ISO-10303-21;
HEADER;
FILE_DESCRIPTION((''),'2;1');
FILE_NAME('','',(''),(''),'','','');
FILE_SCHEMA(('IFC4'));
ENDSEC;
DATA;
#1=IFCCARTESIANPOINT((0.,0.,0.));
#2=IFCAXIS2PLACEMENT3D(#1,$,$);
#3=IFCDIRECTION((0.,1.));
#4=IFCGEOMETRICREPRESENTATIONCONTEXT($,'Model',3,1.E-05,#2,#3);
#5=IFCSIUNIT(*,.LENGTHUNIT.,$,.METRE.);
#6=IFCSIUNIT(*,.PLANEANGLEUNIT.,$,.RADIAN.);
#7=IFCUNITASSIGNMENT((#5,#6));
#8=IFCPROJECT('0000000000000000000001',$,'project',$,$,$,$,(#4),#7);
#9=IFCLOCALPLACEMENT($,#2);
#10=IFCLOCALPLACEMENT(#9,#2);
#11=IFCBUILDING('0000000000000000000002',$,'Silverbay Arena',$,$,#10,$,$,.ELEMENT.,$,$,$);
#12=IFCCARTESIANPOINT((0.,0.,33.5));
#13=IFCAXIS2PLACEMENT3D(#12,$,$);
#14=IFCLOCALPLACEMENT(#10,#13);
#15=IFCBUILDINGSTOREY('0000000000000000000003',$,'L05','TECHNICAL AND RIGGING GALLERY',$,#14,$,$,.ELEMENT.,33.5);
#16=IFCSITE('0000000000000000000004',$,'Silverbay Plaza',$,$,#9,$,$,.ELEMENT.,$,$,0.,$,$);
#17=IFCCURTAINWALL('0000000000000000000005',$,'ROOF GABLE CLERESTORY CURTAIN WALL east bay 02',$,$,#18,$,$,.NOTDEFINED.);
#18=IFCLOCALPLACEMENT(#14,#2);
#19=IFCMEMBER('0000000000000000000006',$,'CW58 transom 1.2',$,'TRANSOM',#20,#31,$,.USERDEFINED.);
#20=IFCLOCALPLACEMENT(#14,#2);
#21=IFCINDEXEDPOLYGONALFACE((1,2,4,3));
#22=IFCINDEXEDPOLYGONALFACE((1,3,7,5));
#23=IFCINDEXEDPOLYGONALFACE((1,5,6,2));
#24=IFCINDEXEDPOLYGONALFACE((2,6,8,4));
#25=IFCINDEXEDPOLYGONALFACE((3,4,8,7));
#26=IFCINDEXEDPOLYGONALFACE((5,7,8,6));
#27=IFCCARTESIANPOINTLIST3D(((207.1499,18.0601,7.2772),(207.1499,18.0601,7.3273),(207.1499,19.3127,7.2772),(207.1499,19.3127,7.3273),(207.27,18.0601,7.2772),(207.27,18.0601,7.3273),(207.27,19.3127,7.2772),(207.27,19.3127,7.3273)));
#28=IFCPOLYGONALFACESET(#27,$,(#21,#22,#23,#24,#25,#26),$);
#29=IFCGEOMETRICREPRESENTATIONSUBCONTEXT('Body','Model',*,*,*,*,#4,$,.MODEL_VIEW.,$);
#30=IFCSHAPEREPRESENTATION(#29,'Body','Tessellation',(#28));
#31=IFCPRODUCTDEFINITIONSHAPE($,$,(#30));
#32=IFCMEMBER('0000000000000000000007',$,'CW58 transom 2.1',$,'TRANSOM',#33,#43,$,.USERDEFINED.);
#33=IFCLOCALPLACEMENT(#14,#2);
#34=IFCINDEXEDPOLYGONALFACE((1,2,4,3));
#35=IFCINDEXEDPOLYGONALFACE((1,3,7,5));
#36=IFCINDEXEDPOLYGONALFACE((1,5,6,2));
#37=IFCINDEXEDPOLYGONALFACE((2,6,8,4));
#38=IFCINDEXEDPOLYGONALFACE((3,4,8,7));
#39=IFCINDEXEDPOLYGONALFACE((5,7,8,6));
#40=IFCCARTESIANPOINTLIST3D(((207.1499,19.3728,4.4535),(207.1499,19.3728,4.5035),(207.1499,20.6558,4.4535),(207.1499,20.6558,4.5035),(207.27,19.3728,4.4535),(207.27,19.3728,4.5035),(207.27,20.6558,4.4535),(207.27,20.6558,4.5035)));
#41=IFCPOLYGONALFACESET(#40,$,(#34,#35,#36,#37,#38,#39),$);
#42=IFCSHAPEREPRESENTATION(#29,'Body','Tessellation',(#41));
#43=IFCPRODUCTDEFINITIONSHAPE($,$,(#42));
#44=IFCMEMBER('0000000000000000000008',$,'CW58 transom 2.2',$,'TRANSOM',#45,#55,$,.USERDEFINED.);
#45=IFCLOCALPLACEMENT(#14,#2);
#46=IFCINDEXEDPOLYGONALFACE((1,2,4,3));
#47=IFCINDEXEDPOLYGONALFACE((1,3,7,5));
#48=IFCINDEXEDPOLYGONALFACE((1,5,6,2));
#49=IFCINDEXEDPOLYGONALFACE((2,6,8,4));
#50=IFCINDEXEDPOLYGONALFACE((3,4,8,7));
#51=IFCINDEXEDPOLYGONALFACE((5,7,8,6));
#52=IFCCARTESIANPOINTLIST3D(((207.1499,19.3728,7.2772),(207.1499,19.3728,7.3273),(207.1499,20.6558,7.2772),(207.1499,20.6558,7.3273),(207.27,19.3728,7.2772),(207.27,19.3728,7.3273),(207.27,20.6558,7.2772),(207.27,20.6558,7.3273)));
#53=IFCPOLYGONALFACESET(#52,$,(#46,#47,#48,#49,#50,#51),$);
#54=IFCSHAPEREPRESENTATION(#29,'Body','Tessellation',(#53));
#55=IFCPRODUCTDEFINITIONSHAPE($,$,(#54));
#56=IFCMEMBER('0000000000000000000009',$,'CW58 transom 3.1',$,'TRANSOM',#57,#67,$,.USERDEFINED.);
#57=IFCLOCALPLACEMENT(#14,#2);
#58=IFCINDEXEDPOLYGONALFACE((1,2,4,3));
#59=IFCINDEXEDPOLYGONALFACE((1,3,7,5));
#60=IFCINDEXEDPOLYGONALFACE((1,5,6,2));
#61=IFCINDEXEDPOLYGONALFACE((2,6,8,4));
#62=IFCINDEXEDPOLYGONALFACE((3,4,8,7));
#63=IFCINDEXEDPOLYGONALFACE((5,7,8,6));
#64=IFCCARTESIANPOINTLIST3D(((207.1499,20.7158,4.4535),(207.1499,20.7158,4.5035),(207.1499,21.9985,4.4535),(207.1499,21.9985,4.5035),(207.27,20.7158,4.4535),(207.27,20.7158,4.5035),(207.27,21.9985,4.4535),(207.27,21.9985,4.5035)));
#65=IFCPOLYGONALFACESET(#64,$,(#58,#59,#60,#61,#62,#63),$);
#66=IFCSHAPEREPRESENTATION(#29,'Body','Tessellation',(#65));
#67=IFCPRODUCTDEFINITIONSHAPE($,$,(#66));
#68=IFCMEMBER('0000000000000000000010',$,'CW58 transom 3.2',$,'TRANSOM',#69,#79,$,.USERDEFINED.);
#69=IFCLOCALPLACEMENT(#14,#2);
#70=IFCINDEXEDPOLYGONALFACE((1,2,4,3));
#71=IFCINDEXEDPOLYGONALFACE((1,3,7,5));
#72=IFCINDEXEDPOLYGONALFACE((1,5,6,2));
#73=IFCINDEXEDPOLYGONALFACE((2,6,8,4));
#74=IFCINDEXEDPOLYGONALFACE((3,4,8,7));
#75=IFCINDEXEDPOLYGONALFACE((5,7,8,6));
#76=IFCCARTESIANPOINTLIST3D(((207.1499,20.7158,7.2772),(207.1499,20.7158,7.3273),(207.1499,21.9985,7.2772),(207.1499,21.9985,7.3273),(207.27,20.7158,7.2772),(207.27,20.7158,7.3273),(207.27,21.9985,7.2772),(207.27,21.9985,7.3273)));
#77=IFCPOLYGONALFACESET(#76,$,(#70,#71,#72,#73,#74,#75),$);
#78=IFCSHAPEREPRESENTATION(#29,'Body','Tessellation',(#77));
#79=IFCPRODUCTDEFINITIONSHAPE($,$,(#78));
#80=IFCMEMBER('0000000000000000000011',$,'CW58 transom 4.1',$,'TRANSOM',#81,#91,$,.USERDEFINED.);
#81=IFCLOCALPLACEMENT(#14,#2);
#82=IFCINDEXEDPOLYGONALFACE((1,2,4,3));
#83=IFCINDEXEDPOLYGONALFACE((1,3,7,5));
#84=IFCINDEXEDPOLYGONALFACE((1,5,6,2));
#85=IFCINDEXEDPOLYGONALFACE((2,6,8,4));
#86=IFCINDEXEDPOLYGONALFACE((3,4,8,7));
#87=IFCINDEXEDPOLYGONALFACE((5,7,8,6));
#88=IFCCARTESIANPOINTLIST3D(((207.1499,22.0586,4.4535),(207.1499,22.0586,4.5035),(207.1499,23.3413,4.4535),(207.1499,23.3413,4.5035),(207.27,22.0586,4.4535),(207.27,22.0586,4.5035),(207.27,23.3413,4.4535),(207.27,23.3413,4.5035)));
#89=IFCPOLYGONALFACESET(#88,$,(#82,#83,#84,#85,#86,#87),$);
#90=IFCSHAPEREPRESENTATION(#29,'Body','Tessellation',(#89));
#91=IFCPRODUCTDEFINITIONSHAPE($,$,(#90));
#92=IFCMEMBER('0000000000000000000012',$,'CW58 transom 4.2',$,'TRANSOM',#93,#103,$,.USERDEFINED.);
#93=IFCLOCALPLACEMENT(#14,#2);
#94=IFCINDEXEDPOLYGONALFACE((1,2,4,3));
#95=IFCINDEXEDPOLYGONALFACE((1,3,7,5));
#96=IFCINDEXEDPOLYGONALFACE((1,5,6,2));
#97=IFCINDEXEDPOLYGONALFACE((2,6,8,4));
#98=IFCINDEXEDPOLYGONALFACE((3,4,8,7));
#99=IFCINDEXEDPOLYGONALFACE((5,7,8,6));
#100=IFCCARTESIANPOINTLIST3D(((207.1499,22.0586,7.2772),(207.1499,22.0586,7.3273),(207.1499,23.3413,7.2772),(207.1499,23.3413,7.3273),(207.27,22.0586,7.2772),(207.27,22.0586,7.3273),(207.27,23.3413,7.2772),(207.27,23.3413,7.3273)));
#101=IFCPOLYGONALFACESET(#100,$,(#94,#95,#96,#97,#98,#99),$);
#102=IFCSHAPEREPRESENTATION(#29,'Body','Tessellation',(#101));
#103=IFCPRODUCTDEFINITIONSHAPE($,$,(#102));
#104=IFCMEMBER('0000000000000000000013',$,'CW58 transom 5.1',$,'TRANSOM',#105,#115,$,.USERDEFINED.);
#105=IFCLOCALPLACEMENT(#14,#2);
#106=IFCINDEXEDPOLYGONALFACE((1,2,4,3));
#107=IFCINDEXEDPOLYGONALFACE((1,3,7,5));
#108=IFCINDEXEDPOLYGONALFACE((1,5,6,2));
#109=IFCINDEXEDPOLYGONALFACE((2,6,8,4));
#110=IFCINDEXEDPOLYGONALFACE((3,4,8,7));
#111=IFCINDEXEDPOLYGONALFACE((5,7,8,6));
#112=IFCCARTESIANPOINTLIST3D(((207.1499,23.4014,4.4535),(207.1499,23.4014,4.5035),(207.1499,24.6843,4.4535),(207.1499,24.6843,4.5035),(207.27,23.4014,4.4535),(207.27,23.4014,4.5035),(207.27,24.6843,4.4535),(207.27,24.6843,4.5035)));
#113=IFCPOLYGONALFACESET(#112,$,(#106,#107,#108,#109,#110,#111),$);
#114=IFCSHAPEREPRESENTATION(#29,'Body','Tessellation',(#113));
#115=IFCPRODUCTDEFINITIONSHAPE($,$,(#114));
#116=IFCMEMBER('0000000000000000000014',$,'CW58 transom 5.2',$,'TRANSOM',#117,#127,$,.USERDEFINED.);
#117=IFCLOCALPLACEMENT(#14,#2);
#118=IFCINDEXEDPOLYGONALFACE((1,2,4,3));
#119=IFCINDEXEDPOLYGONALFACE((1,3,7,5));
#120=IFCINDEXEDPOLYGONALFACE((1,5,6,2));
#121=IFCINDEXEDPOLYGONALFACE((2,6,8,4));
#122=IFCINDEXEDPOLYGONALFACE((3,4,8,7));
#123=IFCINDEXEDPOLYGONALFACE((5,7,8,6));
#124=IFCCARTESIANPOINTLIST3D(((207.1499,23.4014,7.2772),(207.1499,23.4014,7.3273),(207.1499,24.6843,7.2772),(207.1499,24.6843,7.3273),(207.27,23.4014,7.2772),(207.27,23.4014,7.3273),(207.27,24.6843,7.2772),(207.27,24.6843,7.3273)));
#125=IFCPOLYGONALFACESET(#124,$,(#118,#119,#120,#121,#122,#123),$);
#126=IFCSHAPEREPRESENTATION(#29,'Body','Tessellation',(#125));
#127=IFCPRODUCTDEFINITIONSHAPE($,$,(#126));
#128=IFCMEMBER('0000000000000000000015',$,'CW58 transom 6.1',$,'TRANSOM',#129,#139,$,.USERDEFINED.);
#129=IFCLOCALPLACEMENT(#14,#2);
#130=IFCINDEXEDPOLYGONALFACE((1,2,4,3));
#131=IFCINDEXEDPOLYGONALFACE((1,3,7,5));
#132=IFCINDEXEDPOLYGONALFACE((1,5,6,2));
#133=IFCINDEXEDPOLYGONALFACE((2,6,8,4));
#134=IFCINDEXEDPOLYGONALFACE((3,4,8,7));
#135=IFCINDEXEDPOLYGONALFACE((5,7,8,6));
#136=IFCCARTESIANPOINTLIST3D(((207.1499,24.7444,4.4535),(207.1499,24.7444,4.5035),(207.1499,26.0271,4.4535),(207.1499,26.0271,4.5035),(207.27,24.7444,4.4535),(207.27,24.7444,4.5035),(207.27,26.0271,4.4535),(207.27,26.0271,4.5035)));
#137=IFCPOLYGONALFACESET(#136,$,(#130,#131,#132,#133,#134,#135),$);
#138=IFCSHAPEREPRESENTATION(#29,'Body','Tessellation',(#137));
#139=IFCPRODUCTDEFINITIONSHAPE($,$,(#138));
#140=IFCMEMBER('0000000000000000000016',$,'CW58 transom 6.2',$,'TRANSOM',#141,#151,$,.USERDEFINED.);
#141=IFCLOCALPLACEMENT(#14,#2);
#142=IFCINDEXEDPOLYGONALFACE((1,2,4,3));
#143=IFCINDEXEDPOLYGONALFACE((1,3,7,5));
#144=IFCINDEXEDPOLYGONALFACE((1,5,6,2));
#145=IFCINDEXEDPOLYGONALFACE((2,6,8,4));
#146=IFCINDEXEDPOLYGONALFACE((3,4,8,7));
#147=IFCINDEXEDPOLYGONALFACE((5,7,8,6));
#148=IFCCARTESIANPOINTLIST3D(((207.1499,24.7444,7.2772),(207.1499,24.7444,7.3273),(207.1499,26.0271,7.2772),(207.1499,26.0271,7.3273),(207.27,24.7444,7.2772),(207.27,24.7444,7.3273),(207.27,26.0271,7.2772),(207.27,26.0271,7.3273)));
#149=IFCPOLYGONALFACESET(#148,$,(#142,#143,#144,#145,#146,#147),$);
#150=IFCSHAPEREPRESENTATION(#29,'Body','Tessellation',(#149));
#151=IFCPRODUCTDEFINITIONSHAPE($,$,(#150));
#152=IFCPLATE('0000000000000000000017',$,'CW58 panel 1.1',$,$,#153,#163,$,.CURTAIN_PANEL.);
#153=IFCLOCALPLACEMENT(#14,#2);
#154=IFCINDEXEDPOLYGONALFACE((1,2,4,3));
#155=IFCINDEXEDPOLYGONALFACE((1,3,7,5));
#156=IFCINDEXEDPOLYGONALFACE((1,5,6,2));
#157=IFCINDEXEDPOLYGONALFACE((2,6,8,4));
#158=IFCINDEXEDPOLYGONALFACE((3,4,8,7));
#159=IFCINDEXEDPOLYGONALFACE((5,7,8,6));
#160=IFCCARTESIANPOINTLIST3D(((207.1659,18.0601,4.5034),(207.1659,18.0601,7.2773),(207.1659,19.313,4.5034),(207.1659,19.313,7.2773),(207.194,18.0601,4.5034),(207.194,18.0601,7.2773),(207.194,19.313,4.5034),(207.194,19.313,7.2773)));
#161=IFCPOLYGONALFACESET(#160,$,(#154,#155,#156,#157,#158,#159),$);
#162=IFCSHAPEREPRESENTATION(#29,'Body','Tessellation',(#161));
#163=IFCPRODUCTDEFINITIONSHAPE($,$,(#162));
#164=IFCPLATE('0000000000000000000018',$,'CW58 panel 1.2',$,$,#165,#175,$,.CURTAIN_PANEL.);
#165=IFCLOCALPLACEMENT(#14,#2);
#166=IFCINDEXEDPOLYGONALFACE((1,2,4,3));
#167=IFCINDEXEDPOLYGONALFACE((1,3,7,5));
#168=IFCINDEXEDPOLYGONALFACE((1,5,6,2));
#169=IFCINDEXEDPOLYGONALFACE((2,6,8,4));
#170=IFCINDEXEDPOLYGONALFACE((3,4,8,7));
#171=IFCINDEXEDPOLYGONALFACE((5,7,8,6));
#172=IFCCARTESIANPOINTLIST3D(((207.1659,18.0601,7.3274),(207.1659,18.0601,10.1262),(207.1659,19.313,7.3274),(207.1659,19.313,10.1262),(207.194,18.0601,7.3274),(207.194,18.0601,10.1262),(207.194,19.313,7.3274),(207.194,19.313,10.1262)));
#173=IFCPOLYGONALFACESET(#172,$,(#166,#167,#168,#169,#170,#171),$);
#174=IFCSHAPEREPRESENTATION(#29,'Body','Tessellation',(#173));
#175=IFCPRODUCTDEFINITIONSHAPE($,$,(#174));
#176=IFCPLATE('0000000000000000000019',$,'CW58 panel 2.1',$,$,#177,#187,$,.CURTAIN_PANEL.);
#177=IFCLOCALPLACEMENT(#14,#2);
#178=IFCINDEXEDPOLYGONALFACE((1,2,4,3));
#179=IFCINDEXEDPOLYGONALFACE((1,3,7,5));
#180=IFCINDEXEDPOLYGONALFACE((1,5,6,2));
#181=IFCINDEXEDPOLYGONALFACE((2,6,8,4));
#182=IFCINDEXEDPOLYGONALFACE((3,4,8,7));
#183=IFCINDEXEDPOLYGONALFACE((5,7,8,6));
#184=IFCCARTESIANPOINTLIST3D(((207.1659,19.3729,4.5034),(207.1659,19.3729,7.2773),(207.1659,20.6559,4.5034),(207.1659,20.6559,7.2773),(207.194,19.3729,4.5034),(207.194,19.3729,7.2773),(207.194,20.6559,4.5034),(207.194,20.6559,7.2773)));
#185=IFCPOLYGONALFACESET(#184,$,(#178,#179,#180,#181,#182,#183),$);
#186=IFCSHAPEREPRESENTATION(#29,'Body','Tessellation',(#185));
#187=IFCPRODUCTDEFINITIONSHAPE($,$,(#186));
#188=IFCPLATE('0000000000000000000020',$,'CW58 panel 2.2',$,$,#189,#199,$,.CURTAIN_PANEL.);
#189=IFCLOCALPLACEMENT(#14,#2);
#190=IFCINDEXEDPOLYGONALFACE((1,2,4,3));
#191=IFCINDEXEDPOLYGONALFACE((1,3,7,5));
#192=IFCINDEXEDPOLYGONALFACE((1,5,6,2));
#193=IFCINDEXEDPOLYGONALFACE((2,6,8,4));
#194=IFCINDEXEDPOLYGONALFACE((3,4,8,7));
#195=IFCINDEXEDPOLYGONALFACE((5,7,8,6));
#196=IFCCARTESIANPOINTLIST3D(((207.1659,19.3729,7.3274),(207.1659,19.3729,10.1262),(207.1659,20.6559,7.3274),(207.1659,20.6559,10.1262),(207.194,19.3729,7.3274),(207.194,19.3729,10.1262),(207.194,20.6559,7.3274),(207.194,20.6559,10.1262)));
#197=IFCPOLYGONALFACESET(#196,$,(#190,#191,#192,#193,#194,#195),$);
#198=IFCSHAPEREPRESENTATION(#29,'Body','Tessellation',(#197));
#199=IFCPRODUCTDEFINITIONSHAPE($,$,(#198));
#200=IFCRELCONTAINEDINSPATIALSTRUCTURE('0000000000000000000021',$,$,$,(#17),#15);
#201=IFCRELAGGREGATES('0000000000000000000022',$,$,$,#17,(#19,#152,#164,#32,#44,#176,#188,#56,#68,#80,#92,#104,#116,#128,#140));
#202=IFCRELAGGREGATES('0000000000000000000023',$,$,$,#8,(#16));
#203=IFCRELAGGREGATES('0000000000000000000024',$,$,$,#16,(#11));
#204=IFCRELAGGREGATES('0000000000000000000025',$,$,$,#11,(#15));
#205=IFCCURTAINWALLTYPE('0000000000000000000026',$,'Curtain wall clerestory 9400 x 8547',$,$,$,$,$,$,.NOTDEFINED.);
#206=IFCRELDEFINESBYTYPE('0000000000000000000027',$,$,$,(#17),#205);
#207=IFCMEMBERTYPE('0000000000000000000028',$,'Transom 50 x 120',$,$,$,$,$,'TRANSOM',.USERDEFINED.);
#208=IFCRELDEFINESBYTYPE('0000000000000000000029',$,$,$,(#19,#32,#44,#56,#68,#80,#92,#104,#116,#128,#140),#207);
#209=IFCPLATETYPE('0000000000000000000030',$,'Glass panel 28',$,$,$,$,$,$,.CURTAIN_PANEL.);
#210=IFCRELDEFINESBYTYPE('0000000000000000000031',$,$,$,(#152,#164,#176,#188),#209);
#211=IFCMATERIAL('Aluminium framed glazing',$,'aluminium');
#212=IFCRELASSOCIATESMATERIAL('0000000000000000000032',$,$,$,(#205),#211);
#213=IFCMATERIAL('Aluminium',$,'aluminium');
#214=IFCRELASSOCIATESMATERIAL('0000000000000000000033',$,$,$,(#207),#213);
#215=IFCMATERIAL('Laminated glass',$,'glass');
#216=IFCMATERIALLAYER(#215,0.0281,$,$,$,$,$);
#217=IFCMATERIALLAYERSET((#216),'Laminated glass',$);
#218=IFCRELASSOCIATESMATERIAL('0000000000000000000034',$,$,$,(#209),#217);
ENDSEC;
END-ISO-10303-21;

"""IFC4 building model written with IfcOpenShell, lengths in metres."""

from ifc_helpers import new_model, si_unit, direction, frame, origin, origin_2d, place, context, subcontext, project, spatial, rectangle, extrude, material, layer, layer_set, material_profile, profile_set, type_object, element, aggregate, save


model = new_model("IFC4")

# Units and contexts
model_context = context("Model", 3, precision=1e-05, world=origin(), true_north=direction((0.0, 1.0)))
body_context = subcontext(model_context, "Body", "Model", "MODEL_VIEW")
ifc_project = project(units=[si_unit("LENGTHUNIT", "METRE"), si_unit("PLANEANGLEUNIT", "RADIAN")], contexts=[model_context])

# Site, building, storey
site_placement = place(None, origin())
site = spatial("IfcSite", under=ifc_project, at=site_placement, Name="Silverbay Plaza", CompositionType="ELEMENT", RefElevation=0.0)
building_placement = place(site_placement, origin())
building = spatial("IfcBuilding", under=site, at=building_placement, Name="Silverbay Arena", CompositionType="ELEMENT")
storey_placement = place(building_placement, frame((0.0, 0.0, 33.5)))
storey = spatial("IfcBuildingStorey", under=building, at=storey_placement, Name="L05", Description="TECHNICAL AND RIGGING GALLERY", CompositionType="ELEMENT", Elevation=33.5)

# Curtain wall
ifc_material_1 = material(Name="Aluminium framed glazing", Category="aluminium")
curtain_wall_type_1 = type_object("IfcCurtainWallType", Name="Curtain wall clerestory 9400 x 8547", PredefinedType="NOTDEFINED", material=ifc_material_1)
curtain_wall_1_placement = place(storey_placement, origin())
curtain_wall_1 = element("IfcCurtainWall", 1, at=curtain_wall_1_placement, inside=storey, type_object=curtain_wall_type_1, Name="ROOF GABLE CLERESTORY CURTAIN WALL east bay 02", PredefinedType="NOTDEFINED")

# Members
ifc_material_2 = material(Name="Aluminium", Category="aluminium")
ifc_material_profile_1 = material_profile(ifc_material_2, rectangle(XDim=0.1201, YDim=0.05, at=origin_2d()), Name="Transom 50 x 120")
ifc_profile_set_1 = profile_set([ifc_material_profile_1], Name="Aluminium")
member_type_1 = type_object("IfcMemberType", Name="Transom 50 x 120", ElementType="TRANSOM", PredefinedType="USERDEFINED", material=ifc_profile_set_1)
member_1_placement = place(storey_placement, frame((207.21, 18.0601, 7.3022), z_axis=(0.0, 1.0, 0.0), x_axis=(-1.0, 0.0, 0.0)))
member_1 = element("IfcMember", 2, at=member_1_placement, type_object=member_type_1, Name="CW58 transom 1.2", ObjectType="TRANSOM", PredefinedType="USERDEFINED", context=body_context, shape_type="SweptSolid", body=[
    extrude(rectangle(XDim=0.1201, YDim=0.05, at=origin_2d()), origin(), (0.0, 0.0, 1.0), 1.2527),
])
member_2_placement = place(storey_placement, frame((207.21, 19.3728, 4.4785), z_axis=(0.0, 1.0, 0.0), x_axis=(-1.0, 0.0, 0.0)))
member_2 = element("IfcMember", 3, at=member_2_placement, type_object=member_type_1, Name="CW58 transom 2.1", ObjectType="TRANSOM", PredefinedType="USERDEFINED", context=body_context, shape_type="SweptSolid", body=[
    extrude(rectangle(XDim=0.1201, YDim=0.05, at=origin_2d()), origin(), (0.0, 0.0, 1.0), 1.283),
])
member_3_placement = place(storey_placement, frame((207.21, 19.3728, 7.3022), z_axis=(0.0, 1.0, 0.0), x_axis=(-1.0, 0.0, 0.0)))
member_3 = element("IfcMember", 4, at=member_3_placement, type_object=member_type_1, Name="CW58 transom 2.2", ObjectType="TRANSOM", PredefinedType="USERDEFINED", context=body_context, shape_type="SweptSolid", body=[
    extrude(rectangle(XDim=0.1201, YDim=0.05, at=origin_2d()), origin(), (0.0, 0.0, 1.0), 1.283),
])
member_4_placement = place(storey_placement, frame((207.21, 20.7158, 4.4785), z_axis=(0.0, 1.0, 0.0), x_axis=(-1.0, 0.0, 0.0)))
member_4 = element("IfcMember", 5, at=member_4_placement, type_object=member_type_1, Name="CW58 transom 3.1", ObjectType="TRANSOM", PredefinedType="USERDEFINED", context=body_context, shape_type="SweptSolid", body=[
    extrude(rectangle(XDim=0.1201, YDim=0.05, at=origin_2d()), origin(), (0.0, 0.0, 1.0), 1.2827),
])
member_5_placement = place(storey_placement, frame((207.21, 20.7158, 7.3022), z_axis=(0.0, 1.0, 0.0), x_axis=(-1.0, 0.0, 0.0)))
member_5 = element("IfcMember", 6, at=member_5_placement, type_object=member_type_1, Name="CW58 transom 3.2", ObjectType="TRANSOM", PredefinedType="USERDEFINED", context=body_context, shape_type="SweptSolid", body=[
    extrude(rectangle(XDim=0.1201, YDim=0.05, at=origin_2d()), origin(), (0.0, 0.0, 1.0), 1.2827),
])
member_6_placement = place(storey_placement, frame((207.21, 22.0586, 4.4785), z_axis=(0.0, 1.0, 0.0), x_axis=(-1.0, 0.0, 0.0)))
member_6 = element("IfcMember", 7, at=member_6_placement, type_object=member_type_1, Name="CW58 transom 4.1", ObjectType="TRANSOM", PredefinedType="USERDEFINED", context=body_context, shape_type="SweptSolid", body=[
    extrude(rectangle(XDim=0.1201, YDim=0.05, at=origin_2d()), origin(), (0.0, 0.0, 1.0), 1.2827),
])
member_7_placement = place(storey_placement, frame((207.21, 22.0586, 7.3022), z_axis=(0.0, 1.0, 0.0), x_axis=(-1.0, 0.0, 0.0)))
member_7 = element("IfcMember", 8, at=member_7_placement, type_object=member_type_1, Name="CW58 transom 4.2", ObjectType="TRANSOM", PredefinedType="USERDEFINED", context=body_context, shape_type="SweptSolid", body=[
    extrude(rectangle(XDim=0.1201, YDim=0.05, at=origin_2d()), origin(), (0.0, 0.0, 1.0), 1.2827),
])
member_8_placement = place(storey_placement, frame((207.21, 23.4014, 4.4785), z_axis=(0.0, 1.0, 0.0), x_axis=(-1.0, 0.0, 0.0)))
member_8 = element("IfcMember", 9, at=member_8_placement, type_object=member_type_1, Name="CW58 transom 5.1", ObjectType="TRANSOM", PredefinedType="USERDEFINED", context=body_context, shape_type="SweptSolid", body=[
    extrude(rectangle(XDim=0.1201, YDim=0.05, at=origin_2d()), origin(), (0.0, 0.0, 1.0), 1.283),
])
member_9_placement = place(storey_placement, frame((207.21, 23.4014, 7.3022), z_axis=(0.0, 1.0, 0.0), x_axis=(-1.0, 0.0, 0.0)))
member_9 = element("IfcMember", 10, at=member_9_placement, type_object=member_type_1, Name="CW58 transom 5.2", ObjectType="TRANSOM", PredefinedType="USERDEFINED", context=body_context, shape_type="SweptSolid", body=[
    extrude(rectangle(XDim=0.1201, YDim=0.05, at=origin_2d()), origin(), (0.0, 0.0, 1.0), 1.283),
])
member_10_placement = place(storey_placement, frame((207.21, 24.7444, 4.4785), z_axis=(0.0, 1.0, 0.0), x_axis=(-1.0, 0.0, 0.0)))
member_10 = element("IfcMember", 11, at=member_10_placement, type_object=member_type_1, Name="CW58 transom 6.1", ObjectType="TRANSOM", PredefinedType="USERDEFINED", context=body_context, shape_type="SweptSolid", body=[
    extrude(rectangle(XDim=0.1201, YDim=0.05, at=origin_2d()), origin(), (0.0, 0.0, 1.0), 1.2827),
])
member_11_placement = place(storey_placement, frame((207.21, 24.7444, 7.3022), z_axis=(0.0, 1.0, 0.0), x_axis=(-1.0, 0.0, 0.0)))
member_11 = element("IfcMember", 12, at=member_11_placement, type_object=member_type_1, Name="CW58 transom 6.2", ObjectType="TRANSOM", PredefinedType="USERDEFINED", context=body_context, shape_type="SweptSolid", body=[
    extrude(rectangle(XDim=0.1201, YDim=0.05, at=origin_2d()), origin(), (0.0, 0.0, 1.0), 1.2827),
])

# Plates
ifc_material_3 = material(Name="Laminated glass", Category="glass")
ifc_layer_1 = layer(ifc_material_3, 0.0281)
ifc_layer_set_1 = layer_set([ifc_layer_1], Name="Laminated glass")
plate_type = type_object("IfcPlateType", Name="Glass panel 28", PredefinedType="CURTAIN_PANEL", material=ifc_layer_set_1)
plate_1_placement = place(storey_placement, frame((207.1799, 18.6865, 4.5034), z_axis=(0.0, 0.0, 1.0), x_axis=(0.0, 1.0, 0.0)))
plate_1 = element("IfcPlate", 13, at=plate_1_placement, type_object=plate_type, Name="CW58 panel 1.1", PredefinedType="CURTAIN_PANEL", context=body_context, shape_type="SweptSolid", body=[
    extrude(rectangle(XDim=1.2529, YDim=0.0281, at=origin_2d()), origin(), (0.0, 0.0, 1.0), 2.7739),
])
plate_2_placement = place(storey_placement, frame((207.1799, 18.6865, 7.3274), z_axis=(0.0, 0.0, 1.0), x_axis=(0.0, 1.0, 0.0)))
plate_2 = element("IfcPlate", 14, at=plate_2_placement, type_object=plate_type, Name="CW58 panel 1.2", PredefinedType="CURTAIN_PANEL", context=body_context, shape_type="SweptSolid", body=[
    extrude(rectangle(XDim=1.2529, YDim=0.0281, at=origin_2d()), origin(), (0.0, 0.0, 1.0), 2.7988),
])
plate_3_placement = place(storey_placement, frame((207.1799, 20.0144, 4.5034), z_axis=(0.0, 0.0, 1.0), x_axis=(0.0, 1.0, 0.0)))
plate_3 = element("IfcPlate", 15, at=plate_3_placement, type_object=plate_type, Name="CW58 panel 2.1", PredefinedType="CURTAIN_PANEL", context=body_context, shape_type="SweptSolid", body=[
    extrude(rectangle(XDim=1.283, YDim=0.0281, at=origin_2d()), origin(), (0.0, 0.0, 1.0), 2.7739),
])
plate_4_placement = place(storey_placement, frame((207.1799, 20.0144, 7.3274), z_axis=(0.0, 0.0, 1.0), x_axis=(0.0, 1.0, 0.0)))
plate_4 = element("IfcPlate", 16, at=plate_4_placement, type_object=plate_type, Name="CW58 panel 2.2", PredefinedType="CURTAIN_PANEL", context=body_context, shape_type="SweptSolid", body=[
    extrude(rectangle(XDim=1.283, YDim=0.0281, at=origin_2d()), origin(), (0.0, 0.0, 1.0), 2.7988),
])
aggregate(curtain_wall_1, [member_1, plate_1, plate_2, member_2, member_3, plate_3, plate_4, member_4, member_5, member_6, member_7, member_8, member_9, member_10, member_11])

save(model, "model.ifc")
